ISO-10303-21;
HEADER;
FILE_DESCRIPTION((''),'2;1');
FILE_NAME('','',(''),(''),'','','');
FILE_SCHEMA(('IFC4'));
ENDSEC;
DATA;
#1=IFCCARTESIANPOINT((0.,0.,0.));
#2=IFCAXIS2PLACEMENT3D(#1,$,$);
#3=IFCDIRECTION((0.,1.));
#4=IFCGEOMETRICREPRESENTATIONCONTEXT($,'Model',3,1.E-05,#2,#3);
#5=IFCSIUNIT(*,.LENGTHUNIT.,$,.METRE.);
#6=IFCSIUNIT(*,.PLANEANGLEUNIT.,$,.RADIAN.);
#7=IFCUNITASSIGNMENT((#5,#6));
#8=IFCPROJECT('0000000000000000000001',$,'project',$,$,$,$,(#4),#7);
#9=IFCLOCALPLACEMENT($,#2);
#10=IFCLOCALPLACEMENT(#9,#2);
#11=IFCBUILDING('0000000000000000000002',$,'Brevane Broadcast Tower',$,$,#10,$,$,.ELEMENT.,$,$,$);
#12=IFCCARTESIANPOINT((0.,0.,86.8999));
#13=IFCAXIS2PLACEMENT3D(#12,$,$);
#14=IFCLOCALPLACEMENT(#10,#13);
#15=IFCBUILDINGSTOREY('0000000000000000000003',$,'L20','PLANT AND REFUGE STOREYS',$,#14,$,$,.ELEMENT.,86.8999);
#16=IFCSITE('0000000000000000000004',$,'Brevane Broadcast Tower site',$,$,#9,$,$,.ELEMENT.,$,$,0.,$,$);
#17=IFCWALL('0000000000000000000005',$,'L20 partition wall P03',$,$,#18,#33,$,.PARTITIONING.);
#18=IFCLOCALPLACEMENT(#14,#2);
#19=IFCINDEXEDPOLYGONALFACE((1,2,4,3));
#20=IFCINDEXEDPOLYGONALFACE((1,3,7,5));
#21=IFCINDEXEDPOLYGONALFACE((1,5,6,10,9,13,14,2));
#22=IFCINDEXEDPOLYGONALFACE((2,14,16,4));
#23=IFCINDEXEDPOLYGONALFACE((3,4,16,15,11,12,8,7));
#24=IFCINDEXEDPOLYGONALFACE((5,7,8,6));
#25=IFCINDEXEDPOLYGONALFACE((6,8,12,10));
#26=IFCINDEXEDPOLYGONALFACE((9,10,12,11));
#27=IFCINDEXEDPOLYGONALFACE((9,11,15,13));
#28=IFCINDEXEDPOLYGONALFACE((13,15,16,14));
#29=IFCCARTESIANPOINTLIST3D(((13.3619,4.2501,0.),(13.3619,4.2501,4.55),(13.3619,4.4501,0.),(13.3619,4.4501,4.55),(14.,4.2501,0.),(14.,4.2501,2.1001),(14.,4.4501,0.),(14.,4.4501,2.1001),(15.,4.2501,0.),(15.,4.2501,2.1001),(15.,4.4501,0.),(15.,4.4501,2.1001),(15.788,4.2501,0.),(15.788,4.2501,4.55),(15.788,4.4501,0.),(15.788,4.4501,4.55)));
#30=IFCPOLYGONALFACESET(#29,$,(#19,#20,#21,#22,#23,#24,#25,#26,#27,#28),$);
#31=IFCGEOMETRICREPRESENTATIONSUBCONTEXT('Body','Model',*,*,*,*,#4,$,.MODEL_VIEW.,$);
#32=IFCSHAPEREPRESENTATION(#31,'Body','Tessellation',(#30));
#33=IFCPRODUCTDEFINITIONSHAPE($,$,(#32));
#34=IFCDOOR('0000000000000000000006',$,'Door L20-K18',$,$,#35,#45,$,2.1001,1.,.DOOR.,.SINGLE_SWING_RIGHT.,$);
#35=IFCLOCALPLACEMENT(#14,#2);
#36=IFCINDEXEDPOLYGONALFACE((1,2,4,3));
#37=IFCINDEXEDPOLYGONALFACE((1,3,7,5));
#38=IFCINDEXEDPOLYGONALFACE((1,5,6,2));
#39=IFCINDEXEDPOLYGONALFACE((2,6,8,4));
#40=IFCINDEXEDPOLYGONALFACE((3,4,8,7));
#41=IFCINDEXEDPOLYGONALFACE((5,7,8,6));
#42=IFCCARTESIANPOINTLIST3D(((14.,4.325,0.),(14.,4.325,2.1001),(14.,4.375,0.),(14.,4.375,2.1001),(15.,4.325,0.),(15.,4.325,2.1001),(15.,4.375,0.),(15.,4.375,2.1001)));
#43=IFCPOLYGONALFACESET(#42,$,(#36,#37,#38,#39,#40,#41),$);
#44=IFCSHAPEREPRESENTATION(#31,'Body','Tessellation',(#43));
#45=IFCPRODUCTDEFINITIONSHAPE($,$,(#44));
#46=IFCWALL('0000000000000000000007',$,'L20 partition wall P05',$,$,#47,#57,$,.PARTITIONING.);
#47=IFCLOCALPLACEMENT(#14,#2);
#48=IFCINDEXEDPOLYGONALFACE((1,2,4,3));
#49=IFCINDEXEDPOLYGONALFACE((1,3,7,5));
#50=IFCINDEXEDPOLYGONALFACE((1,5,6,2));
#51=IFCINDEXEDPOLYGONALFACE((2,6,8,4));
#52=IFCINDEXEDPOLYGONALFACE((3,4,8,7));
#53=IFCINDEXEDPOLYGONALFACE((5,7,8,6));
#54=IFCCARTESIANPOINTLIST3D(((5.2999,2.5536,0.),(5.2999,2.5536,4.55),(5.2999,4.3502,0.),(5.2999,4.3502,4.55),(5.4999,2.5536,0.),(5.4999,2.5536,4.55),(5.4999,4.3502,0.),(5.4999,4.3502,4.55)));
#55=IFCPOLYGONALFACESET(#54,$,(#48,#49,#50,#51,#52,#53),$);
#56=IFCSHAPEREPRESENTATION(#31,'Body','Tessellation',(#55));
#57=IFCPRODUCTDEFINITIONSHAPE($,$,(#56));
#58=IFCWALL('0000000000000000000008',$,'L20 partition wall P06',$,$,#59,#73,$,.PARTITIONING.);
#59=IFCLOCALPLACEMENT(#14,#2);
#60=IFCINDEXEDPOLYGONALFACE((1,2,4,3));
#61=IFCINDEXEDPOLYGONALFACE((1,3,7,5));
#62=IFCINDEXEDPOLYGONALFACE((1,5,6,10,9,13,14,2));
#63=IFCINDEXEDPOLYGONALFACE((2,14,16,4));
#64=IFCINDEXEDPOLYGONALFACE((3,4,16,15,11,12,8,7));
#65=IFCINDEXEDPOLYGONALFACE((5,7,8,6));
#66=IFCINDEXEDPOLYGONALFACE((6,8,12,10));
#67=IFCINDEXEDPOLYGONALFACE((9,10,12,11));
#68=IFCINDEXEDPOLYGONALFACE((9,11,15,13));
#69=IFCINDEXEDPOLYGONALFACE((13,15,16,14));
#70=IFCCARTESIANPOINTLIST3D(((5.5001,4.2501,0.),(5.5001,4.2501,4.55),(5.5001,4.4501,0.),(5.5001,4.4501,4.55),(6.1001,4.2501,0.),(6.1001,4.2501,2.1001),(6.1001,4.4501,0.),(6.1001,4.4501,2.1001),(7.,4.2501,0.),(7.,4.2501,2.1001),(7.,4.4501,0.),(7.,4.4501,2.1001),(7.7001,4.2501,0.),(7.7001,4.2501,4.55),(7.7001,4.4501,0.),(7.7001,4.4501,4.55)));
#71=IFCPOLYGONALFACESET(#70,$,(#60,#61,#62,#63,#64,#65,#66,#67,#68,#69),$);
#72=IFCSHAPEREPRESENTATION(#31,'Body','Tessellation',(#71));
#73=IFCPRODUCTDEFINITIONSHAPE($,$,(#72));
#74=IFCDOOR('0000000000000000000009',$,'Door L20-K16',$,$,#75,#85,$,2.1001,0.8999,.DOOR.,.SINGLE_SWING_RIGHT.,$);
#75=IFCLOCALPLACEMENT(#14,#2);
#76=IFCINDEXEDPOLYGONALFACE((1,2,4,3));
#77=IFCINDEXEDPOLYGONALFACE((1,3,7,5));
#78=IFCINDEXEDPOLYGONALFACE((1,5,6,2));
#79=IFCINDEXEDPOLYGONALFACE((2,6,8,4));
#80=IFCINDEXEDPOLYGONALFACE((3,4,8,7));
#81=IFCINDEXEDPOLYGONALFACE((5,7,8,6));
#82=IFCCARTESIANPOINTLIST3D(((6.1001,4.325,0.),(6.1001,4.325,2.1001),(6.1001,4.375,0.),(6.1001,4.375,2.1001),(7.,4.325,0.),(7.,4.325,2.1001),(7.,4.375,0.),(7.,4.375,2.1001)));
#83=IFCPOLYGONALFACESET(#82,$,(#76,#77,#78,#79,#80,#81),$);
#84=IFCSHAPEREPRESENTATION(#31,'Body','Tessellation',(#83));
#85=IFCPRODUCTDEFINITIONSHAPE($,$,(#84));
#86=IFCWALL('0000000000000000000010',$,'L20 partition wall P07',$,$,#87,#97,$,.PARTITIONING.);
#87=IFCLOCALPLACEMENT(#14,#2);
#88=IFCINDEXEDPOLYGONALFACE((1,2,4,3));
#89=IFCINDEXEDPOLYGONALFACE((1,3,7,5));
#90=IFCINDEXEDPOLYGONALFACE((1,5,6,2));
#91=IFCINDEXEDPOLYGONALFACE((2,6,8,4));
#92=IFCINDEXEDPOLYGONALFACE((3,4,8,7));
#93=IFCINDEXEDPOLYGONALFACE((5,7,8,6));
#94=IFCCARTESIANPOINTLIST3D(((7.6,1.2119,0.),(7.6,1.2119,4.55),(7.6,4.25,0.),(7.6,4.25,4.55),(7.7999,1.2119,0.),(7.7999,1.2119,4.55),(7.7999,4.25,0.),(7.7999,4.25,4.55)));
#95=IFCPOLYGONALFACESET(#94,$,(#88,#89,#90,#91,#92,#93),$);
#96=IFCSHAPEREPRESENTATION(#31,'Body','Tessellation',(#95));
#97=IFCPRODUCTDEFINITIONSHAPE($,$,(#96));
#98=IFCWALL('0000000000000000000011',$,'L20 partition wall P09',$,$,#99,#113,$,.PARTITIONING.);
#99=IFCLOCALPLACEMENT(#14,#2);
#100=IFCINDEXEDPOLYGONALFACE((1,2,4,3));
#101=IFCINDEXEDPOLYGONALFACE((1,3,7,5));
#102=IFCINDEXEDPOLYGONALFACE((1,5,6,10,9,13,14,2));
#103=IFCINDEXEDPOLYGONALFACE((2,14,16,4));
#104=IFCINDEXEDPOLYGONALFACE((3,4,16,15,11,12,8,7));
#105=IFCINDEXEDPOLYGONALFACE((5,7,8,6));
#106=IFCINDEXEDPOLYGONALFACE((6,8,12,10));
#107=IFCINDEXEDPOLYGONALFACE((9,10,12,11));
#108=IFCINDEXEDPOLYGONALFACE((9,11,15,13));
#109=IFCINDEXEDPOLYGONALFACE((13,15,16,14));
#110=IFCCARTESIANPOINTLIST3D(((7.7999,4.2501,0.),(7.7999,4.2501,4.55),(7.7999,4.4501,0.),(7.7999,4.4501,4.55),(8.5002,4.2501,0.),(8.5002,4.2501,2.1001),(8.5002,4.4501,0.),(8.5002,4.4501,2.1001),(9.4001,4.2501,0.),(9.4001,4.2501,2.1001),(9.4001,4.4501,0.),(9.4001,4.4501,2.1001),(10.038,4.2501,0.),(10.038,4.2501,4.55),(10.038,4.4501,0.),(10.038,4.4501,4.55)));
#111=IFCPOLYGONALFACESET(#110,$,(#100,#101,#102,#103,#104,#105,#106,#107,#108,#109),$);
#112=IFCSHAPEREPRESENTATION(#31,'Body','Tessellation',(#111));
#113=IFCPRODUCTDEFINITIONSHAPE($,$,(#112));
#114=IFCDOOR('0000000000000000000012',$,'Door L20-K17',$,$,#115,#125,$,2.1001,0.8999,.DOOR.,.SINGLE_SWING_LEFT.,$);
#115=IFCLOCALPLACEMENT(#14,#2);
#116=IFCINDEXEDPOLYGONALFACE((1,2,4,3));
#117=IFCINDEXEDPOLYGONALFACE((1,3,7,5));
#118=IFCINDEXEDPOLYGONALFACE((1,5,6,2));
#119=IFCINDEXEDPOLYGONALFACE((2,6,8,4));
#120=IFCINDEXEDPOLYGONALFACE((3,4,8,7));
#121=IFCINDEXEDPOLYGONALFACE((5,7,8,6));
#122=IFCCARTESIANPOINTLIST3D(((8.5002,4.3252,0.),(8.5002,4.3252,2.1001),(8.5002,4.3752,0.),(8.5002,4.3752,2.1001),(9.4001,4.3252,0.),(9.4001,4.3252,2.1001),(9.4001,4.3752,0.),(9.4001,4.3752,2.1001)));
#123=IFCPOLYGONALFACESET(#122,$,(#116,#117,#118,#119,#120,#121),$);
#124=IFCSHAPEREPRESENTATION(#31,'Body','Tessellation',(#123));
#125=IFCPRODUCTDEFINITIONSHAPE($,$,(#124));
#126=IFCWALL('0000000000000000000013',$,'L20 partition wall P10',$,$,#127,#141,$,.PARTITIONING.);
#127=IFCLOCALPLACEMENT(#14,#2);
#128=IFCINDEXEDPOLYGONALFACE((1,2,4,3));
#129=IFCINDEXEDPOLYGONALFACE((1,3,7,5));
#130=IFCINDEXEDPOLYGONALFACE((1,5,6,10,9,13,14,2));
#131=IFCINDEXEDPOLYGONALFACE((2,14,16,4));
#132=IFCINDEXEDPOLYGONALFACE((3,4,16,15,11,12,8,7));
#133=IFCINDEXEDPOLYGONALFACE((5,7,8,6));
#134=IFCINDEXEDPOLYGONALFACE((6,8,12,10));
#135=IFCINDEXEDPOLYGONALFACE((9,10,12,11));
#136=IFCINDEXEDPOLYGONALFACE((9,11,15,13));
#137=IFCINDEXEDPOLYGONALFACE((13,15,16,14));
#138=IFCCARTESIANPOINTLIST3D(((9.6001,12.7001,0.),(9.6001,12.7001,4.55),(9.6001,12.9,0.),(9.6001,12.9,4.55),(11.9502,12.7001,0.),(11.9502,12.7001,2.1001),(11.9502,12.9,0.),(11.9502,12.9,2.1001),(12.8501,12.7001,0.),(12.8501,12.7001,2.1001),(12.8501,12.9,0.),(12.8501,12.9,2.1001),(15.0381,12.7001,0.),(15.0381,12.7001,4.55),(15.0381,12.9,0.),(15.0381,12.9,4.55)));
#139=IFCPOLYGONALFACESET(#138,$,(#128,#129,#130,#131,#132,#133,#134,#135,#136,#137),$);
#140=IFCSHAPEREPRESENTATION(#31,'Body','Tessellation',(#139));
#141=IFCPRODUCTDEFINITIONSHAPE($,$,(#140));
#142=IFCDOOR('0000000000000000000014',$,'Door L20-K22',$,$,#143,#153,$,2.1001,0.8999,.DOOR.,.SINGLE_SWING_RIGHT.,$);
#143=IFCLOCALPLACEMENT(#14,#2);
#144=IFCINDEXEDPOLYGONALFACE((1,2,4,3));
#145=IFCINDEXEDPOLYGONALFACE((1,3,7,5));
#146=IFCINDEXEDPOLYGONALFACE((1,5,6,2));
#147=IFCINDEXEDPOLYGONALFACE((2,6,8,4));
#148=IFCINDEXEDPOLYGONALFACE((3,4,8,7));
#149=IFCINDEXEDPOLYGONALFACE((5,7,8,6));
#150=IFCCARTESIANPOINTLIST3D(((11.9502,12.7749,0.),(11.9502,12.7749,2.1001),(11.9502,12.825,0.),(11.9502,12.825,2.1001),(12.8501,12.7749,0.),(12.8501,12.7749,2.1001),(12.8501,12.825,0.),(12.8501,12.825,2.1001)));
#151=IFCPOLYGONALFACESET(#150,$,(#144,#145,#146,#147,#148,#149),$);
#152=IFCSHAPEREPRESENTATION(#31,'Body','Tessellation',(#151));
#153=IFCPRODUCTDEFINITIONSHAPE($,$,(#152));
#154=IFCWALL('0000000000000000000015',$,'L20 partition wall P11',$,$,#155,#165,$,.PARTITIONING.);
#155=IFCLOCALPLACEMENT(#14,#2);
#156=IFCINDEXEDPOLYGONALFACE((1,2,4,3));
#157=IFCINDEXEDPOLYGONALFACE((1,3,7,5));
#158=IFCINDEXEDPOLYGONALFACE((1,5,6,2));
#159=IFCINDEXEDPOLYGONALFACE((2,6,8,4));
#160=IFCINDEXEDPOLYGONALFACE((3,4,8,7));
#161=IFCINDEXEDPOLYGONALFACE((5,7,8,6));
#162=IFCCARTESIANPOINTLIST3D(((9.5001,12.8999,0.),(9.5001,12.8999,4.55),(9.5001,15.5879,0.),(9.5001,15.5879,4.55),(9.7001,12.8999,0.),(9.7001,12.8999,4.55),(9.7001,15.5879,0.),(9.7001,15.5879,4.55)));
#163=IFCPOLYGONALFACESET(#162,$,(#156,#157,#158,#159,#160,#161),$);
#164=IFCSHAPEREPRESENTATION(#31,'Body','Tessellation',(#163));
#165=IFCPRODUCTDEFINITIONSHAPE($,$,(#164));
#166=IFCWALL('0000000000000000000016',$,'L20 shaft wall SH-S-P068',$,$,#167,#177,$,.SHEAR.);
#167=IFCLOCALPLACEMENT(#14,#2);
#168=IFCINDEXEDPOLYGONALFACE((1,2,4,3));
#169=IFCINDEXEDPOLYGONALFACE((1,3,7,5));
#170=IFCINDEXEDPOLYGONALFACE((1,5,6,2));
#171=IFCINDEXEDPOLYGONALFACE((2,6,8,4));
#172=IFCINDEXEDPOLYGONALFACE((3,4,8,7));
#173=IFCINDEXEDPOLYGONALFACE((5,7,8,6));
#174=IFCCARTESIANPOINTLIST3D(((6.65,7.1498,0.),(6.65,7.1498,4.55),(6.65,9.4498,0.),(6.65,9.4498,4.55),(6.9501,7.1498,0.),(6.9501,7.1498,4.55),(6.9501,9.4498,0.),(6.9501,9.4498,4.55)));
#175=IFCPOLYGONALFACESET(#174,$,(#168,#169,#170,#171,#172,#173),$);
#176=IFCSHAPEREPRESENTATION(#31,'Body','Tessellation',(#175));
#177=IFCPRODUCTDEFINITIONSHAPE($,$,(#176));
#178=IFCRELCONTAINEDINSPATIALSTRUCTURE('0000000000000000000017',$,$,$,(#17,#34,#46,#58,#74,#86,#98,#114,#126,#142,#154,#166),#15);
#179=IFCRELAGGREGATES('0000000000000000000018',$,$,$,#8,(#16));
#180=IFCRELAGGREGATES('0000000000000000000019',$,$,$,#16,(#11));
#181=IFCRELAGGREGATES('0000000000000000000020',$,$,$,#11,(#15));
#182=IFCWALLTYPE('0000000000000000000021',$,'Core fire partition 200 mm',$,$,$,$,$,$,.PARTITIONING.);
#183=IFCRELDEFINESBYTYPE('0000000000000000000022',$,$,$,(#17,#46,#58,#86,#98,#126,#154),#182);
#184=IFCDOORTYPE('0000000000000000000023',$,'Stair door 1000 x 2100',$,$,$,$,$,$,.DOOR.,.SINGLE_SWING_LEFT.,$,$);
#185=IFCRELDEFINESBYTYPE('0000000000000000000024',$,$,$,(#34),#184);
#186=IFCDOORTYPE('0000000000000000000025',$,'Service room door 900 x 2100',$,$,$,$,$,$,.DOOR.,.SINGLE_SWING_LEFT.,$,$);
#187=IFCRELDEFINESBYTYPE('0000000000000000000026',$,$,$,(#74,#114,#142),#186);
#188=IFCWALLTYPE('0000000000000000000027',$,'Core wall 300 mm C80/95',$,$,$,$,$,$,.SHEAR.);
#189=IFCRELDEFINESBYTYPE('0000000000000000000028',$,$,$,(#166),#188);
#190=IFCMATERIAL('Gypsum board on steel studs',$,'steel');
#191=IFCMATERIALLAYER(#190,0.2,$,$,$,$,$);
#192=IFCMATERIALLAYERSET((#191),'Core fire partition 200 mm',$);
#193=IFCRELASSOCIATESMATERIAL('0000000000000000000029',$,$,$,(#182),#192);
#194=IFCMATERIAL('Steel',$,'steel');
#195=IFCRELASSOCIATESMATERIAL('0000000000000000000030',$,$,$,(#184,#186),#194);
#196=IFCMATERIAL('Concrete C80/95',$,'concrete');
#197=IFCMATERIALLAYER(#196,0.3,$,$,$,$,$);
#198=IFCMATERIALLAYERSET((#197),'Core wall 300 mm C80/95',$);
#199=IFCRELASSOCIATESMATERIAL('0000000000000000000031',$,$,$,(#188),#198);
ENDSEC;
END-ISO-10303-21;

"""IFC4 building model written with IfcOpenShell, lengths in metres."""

from ifc_helpers import new_model, si_unit, direction, frame, frame_2d, origin, place, context, subcontext, project, spatial, rectangle, extrude, material, layer, layer_set, type_object, element, fill, save


model = new_model("IFC4")

# Units and contexts
model_context = context("Model", 3, precision=1e-05, world=origin(), true_north=direction((0.0, 1.0)))
body_context = subcontext(model_context, "Body", "Model", "MODEL_VIEW")
ifc_project = project(units=[si_unit("LENGTHUNIT", "METRE"), si_unit("PLANEANGLEUNIT", "RADIAN")], contexts=[model_context])

# Site, building, storey
site_placement = place(None, origin())
site = spatial("IfcSite", under=ifc_project, at=site_placement, Name="Brevane Broadcast Tower site", CompositionType="ELEMENT", RefElevation=0.0)
building_placement = place(site_placement, origin())
building = spatial("IfcBuilding", under=site, at=building_placement, Name="Brevane Broadcast Tower", CompositionType="ELEMENT")
storey_placement = place(building_placement, frame((0.0, 0.0, 86.8999)))
storey = spatial("IfcBuildingStorey", under=building, at=storey_placement, Name="L20", Description="PLANT AND REFUGE STOREYS", CompositionType="ELEMENT", Elevation=86.8999)

# Wall, opening, door
ifc_material_1 = material(Name="Gypsum board on steel studs", Category="steel")
ifc_layer_1 = layer(ifc_material_1, 0.2)
ifc_layer_set_1 = layer_set([ifc_layer_1], Name="Core fire partition 200 mm")
wall_type_1 = type_object("IfcWallType", Name="Core fire partition 200 mm", PredefinedType="PARTITIONING", material=ifc_layer_set_1)
wall_1_placement = place(storey_placement, frame((13.3621, 4.3501, 0.0), z_axis=(0.0, 0.0, 1.0), x_axis=(1.0, 0.0, 0.0)))
wall_1 = element("IfcWall", 1, at=wall_1_placement, inside=storey, type_object=wall_type_1, Name="L20 partition wall P03", PredefinedType="PARTITIONING", context=body_context, shape_type="SweptSolid", body=[
    extrude(rectangle(XDim=2.426, YDim=0.2, at=frame_2d((1.2129, 0.0))), origin(), (0.0, 0.0, 1.0), 4.55),
])
opening_1_placement = place(wall_1_placement, frame((0.6379, 0.0, 0.0)))
opening_1 = element("IfcOpeningElement", 2, at=opening_1_placement, cuts=wall_1, PredefinedType="OPENING", context=body_context, shape_type="SweptSolid", body=[
    extrude(rectangle(XDim=1.0, YDim=2.1001, at=frame_2d((0.5, 1.05))), frame((0.0, 0.1099, 0.0), z_axis=(0.0, -1.0, 0.0), x_axis=(1.0, 0.0, 0.0)), (0.0, 0.0, 1.0), 0.22),
])
ifc_material_2 = material(Name="Steel", Category="steel")
door_type_1 = type_object("IfcDoorType", Name="Stair door 1000 x 2100", OperationType="SINGLE_SWING_LEFT", PredefinedType="DOOR", material=ifc_material_2)
door_1_placement = place(opening_1_placement, origin())
door_1 = element("IfcDoor", 3, at=door_1_placement, inside=storey, type_object=door_type_1, Name="Door L20-K18", OperationType="SINGLE_SWING_RIGHT", OverallHeight=2.1001, OverallWidth=1.0, PredefinedType="DOOR", context=body_context, shape_type="SweptSolid", body=[
    extrude(rectangle(XDim=1.0, YDim=2.1001, at=frame_2d((0.5, 1.05))), frame((0.0, 0.0249, 0.0), z_axis=(0.0, -1.0, 0.0), x_axis=(1.0, 0.0, 0.0)), (0.0, 0.0, 1.0), 0.05),
])
fill(opening_1, door_1)

# Wall
wall_2_placement = place(storey_placement, frame((5.3999, 2.5535, 0.0), z_axis=(0.0, 0.0, 1.0), x_axis=(0.0, 1.0, 0.0)))
element("IfcWall", 4, at=wall_2_placement, inside=storey, type_object=wall_type_1, Name="L20 partition wall P05", PredefinedType="PARTITIONING", context=body_context, shape_type="SweptSolid", body=[
    extrude(rectangle(XDim=1.7966, YDim=0.2, at=frame_2d((0.8984, 0.0))), origin(), (0.0, 0.0, 1.0), 4.55),
])

# Wall, opening, door
wall_3_placement = place(storey_placement, frame((5.5, 4.3501, 0.0), z_axis=(0.0, 0.0, 1.0), x_axis=(1.0, 0.0, 0.0)))
wall_3 = element("IfcWall", 5, at=wall_3_placement, inside=storey, type_object=wall_type_1, Name="L20 partition wall P06", PredefinedType="PARTITIONING", context=body_context, shape_type="SweptSolid", body=[
    extrude(rectangle(XDim=2.2, YDim=0.2, at=frame_2d((1.1001, 0.0))), origin(), (0.0, 0.0, 1.0), 4.55),
])
opening_2_placement = place(wall_3_placement, frame((0.6001, 0.0, 0.0)))
opening_2 = element("IfcOpeningElement", 6, at=opening_2_placement, cuts=wall_3, PredefinedType="OPENING", context=body_context, shape_type="SweptSolid", body=[
    extrude(rectangle(XDim=0.8999, YDim=2.1001, at=frame_2d((0.45, 1.05))), frame((0.0, 0.1099, 0.0), z_axis=(0.0, -1.0, 0.0), x_axis=(1.0, 0.0, 0.0)), (0.0, 0.0, 1.0), 0.22),
])
door_type_2 = type_object("IfcDoorType", Name="Service room door 900 x 2100", OperationType="SINGLE_SWING_LEFT", PredefinedType="DOOR", material=ifc_material_2)
door_2_placement = place(opening_2_placement, origin())
door_2 = element("IfcDoor", 7, at=door_2_placement, inside=storey, type_object=door_type_2, Name="Door L20-K16", OperationType="SINGLE_SWING_RIGHT", OverallHeight=2.1001, OverallWidth=0.8999, PredefinedType="DOOR", context=body_context, shape_type="SweptSolid", body=[
    extrude(rectangle(XDim=0.8999, YDim=2.1001, at=frame_2d((0.45, 1.05))), frame((0.0, 0.0249, 0.0), z_axis=(0.0, -1.0, 0.0), x_axis=(1.0, 0.0, 0.0)), (0.0, 0.0, 1.0), 0.05),
])
fill(opening_2, door_2)

# Wall
wall_4_placement = place(storey_placement, frame((7.7, 4.25, 0.0), z_axis=(0.0, 0.0, 1.0), x_axis=(0.0, -1.0, 0.0)))
element("IfcWall", 8, at=wall_4_placement, inside=storey, type_object=wall_type_1, Name="L20 partition wall P07", PredefinedType="PARTITIONING", context=body_context, shape_type="SweptSolid", body=[
    extrude(rectangle(XDim=3.0381, YDim=0.2, at=frame_2d((1.519, 0.0))), origin(), (0.0, 0.0, 1.0), 4.55),
])

# Walls, openings, doors
wall_5_placement = place(storey_placement, frame((10.0381, 4.3501, 0.0), z_axis=(0.0, 0.0, 1.0), x_axis=(-1.0, 0.0, 0.0)))
wall_5 = element("IfcWall", 9, at=wall_5_placement, inside=storey, type_object=wall_type_1, Name="L20 partition wall P09", PredefinedType="PARTITIONING", context=body_context, shape_type="SweptSolid", body=[
    extrude(rectangle(XDim=2.238, YDim=0.2, at=frame_2d((1.1191, 0.0))), origin(), (0.0, 0.0, 1.0), 4.55),
])
opening_3_placement = place(wall_5_placement, frame((0.6379, 0.0, 0.0)))
opening_3 = element("IfcOpeningElement", 10, at=opening_3_placement, cuts=wall_5, PredefinedType="OPENING", context=body_context, shape_type="SweptSolid", body=[
    extrude(rectangle(XDim=0.8999, YDim=2.1001, at=frame_2d((0.45, 1.05))), frame((0.0, 0.1099, 0.0), z_axis=(0.0, -1.0, 0.0), x_axis=(1.0, 0.0, 0.0)), (0.0, 0.0, 1.0), 0.22),
])
door_3_placement = place(opening_3_placement, origin())
door_3 = element("IfcDoor", 11, at=door_3_placement, inside=storey, type_object=door_type_2, Name="Door L20-K17", OperationType="SINGLE_SWING_LEFT", OverallHeight=2.1001, OverallWidth=0.8999, PredefinedType="DOOR", context=body_context, shape_type="SweptSolid", body=[
    extrude(rectangle(XDim=0.8999, YDim=2.1001, at=frame_2d((0.45, 1.05))), frame((0.0, 0.0249, 0.0), z_axis=(0.0, -1.0, 0.0), x_axis=(1.0, 0.0, 0.0)), (0.0, 0.0, 1.0), 0.05),
])
fill(opening_3, door_3)
wall_6_placement = place(storey_placement, frame((9.6001, 12.8, 0.0), z_axis=(0.0, 0.0, 1.0), x_axis=(1.0, 0.0, 0.0)))
wall_6 = element("IfcWall", 12, at=wall_6_placement, inside=storey, type_object=wall_type_1, Name="L20 partition wall P10", PredefinedType="PARTITIONING", context=body_context, shape_type="SweptSolid", body=[
    extrude(rectangle(XDim=5.438, YDim=0.2, at=frame_2d((2.719, 0.0))), origin(), (0.0, 0.0, 1.0), 4.55),
])
opening_4_placement = place(wall_6_placement, frame((2.3501, 0.0, 0.0)))
opening_4 = element("IfcOpeningElement", 13, at=opening_4_placement, cuts=wall_6, PredefinedType="OPENING", context=body_context, shape_type="SweptSolid", body=[
    extrude(rectangle(XDim=0.8999, YDim=2.1001, at=frame_2d((0.45, 1.05))), frame((0.0, 0.1099, 0.0), z_axis=(0.0, -1.0, 0.0), x_axis=(1.0, 0.0, 0.0)), (0.0, 0.0, 1.0), 0.22),
])
door_4_placement = place(opening_4_placement, origin())
door_4 = element("IfcDoor", 14, at=door_4_placement, inside=storey, type_object=door_type_2, Name="Door L20-K22", OperationType="SINGLE_SWING_RIGHT", OverallHeight=2.1001, OverallWidth=0.8999, PredefinedType="DOOR", context=body_context, shape_type="SweptSolid", body=[
    extrude(rectangle(XDim=0.8999, YDim=2.1001, at=frame_2d((0.45, 1.05))), frame((0.0, 0.0249, 0.0), z_axis=(0.0, -1.0, 0.0), x_axis=(1.0, 0.0, 0.0)), (0.0, 0.0, 1.0), 0.05),
])
fill(opening_4, door_4)

# Walls
wall_7_placement = place(storey_placement, frame((9.6001, 15.5879, 0.0), z_axis=(0.0, 0.0, 1.0), x_axis=(0.0, -1.0, 0.0)))
element("IfcWall", 15, at=wall_7_placement, inside=storey, type_object=wall_type_1, Name="L20 partition wall P11", PredefinedType="PARTITIONING", context=body_context, shape_type="SweptSolid", body=[
    extrude(rectangle(XDim=2.688, YDim=0.2, at=frame_2d((1.344, 0.0))), origin(), (0.0, 0.0, 1.0), 4.55),
])
ifc_material_3 = material(Name="Concrete C80/95", Category="concrete")
ifc_layer_2 = layer(ifc_material_3, 0.3)
ifc_layer_set_2 = layer_set([ifc_layer_2], Name="Core wall 300 mm C80/95")
wall_type_2 = type_object("IfcWallType", Name="Core wall 300 mm C80/95", PredefinedType="SHEAR", material=ifc_layer_set_2)
for number, where, z_axis, x_axis, name in (
    (16, (6.8, 7.1499, 0.0), (0.0, 0.0, 1.0), (0.0, 1.0, 0.0), "L20 shaft wall SH-S-P068"),
):
    element("IfcWall", number, at=place(storey_placement, frame(where, z_axis=z_axis, x_axis=x_axis)), inside=storey, type_object=wall_type_2, Name=name, PredefinedType="SHEAR", context=body_context, shape_type="SweptSolid", body=[
        extrude(rectangle(XDim=2.3, YDim=0.3, at=frame_2d((1.1499, 0.0))), origin(), (0.0, 0.0, 1.0), 4.55),
    ])

save(model, "model.ifc")
